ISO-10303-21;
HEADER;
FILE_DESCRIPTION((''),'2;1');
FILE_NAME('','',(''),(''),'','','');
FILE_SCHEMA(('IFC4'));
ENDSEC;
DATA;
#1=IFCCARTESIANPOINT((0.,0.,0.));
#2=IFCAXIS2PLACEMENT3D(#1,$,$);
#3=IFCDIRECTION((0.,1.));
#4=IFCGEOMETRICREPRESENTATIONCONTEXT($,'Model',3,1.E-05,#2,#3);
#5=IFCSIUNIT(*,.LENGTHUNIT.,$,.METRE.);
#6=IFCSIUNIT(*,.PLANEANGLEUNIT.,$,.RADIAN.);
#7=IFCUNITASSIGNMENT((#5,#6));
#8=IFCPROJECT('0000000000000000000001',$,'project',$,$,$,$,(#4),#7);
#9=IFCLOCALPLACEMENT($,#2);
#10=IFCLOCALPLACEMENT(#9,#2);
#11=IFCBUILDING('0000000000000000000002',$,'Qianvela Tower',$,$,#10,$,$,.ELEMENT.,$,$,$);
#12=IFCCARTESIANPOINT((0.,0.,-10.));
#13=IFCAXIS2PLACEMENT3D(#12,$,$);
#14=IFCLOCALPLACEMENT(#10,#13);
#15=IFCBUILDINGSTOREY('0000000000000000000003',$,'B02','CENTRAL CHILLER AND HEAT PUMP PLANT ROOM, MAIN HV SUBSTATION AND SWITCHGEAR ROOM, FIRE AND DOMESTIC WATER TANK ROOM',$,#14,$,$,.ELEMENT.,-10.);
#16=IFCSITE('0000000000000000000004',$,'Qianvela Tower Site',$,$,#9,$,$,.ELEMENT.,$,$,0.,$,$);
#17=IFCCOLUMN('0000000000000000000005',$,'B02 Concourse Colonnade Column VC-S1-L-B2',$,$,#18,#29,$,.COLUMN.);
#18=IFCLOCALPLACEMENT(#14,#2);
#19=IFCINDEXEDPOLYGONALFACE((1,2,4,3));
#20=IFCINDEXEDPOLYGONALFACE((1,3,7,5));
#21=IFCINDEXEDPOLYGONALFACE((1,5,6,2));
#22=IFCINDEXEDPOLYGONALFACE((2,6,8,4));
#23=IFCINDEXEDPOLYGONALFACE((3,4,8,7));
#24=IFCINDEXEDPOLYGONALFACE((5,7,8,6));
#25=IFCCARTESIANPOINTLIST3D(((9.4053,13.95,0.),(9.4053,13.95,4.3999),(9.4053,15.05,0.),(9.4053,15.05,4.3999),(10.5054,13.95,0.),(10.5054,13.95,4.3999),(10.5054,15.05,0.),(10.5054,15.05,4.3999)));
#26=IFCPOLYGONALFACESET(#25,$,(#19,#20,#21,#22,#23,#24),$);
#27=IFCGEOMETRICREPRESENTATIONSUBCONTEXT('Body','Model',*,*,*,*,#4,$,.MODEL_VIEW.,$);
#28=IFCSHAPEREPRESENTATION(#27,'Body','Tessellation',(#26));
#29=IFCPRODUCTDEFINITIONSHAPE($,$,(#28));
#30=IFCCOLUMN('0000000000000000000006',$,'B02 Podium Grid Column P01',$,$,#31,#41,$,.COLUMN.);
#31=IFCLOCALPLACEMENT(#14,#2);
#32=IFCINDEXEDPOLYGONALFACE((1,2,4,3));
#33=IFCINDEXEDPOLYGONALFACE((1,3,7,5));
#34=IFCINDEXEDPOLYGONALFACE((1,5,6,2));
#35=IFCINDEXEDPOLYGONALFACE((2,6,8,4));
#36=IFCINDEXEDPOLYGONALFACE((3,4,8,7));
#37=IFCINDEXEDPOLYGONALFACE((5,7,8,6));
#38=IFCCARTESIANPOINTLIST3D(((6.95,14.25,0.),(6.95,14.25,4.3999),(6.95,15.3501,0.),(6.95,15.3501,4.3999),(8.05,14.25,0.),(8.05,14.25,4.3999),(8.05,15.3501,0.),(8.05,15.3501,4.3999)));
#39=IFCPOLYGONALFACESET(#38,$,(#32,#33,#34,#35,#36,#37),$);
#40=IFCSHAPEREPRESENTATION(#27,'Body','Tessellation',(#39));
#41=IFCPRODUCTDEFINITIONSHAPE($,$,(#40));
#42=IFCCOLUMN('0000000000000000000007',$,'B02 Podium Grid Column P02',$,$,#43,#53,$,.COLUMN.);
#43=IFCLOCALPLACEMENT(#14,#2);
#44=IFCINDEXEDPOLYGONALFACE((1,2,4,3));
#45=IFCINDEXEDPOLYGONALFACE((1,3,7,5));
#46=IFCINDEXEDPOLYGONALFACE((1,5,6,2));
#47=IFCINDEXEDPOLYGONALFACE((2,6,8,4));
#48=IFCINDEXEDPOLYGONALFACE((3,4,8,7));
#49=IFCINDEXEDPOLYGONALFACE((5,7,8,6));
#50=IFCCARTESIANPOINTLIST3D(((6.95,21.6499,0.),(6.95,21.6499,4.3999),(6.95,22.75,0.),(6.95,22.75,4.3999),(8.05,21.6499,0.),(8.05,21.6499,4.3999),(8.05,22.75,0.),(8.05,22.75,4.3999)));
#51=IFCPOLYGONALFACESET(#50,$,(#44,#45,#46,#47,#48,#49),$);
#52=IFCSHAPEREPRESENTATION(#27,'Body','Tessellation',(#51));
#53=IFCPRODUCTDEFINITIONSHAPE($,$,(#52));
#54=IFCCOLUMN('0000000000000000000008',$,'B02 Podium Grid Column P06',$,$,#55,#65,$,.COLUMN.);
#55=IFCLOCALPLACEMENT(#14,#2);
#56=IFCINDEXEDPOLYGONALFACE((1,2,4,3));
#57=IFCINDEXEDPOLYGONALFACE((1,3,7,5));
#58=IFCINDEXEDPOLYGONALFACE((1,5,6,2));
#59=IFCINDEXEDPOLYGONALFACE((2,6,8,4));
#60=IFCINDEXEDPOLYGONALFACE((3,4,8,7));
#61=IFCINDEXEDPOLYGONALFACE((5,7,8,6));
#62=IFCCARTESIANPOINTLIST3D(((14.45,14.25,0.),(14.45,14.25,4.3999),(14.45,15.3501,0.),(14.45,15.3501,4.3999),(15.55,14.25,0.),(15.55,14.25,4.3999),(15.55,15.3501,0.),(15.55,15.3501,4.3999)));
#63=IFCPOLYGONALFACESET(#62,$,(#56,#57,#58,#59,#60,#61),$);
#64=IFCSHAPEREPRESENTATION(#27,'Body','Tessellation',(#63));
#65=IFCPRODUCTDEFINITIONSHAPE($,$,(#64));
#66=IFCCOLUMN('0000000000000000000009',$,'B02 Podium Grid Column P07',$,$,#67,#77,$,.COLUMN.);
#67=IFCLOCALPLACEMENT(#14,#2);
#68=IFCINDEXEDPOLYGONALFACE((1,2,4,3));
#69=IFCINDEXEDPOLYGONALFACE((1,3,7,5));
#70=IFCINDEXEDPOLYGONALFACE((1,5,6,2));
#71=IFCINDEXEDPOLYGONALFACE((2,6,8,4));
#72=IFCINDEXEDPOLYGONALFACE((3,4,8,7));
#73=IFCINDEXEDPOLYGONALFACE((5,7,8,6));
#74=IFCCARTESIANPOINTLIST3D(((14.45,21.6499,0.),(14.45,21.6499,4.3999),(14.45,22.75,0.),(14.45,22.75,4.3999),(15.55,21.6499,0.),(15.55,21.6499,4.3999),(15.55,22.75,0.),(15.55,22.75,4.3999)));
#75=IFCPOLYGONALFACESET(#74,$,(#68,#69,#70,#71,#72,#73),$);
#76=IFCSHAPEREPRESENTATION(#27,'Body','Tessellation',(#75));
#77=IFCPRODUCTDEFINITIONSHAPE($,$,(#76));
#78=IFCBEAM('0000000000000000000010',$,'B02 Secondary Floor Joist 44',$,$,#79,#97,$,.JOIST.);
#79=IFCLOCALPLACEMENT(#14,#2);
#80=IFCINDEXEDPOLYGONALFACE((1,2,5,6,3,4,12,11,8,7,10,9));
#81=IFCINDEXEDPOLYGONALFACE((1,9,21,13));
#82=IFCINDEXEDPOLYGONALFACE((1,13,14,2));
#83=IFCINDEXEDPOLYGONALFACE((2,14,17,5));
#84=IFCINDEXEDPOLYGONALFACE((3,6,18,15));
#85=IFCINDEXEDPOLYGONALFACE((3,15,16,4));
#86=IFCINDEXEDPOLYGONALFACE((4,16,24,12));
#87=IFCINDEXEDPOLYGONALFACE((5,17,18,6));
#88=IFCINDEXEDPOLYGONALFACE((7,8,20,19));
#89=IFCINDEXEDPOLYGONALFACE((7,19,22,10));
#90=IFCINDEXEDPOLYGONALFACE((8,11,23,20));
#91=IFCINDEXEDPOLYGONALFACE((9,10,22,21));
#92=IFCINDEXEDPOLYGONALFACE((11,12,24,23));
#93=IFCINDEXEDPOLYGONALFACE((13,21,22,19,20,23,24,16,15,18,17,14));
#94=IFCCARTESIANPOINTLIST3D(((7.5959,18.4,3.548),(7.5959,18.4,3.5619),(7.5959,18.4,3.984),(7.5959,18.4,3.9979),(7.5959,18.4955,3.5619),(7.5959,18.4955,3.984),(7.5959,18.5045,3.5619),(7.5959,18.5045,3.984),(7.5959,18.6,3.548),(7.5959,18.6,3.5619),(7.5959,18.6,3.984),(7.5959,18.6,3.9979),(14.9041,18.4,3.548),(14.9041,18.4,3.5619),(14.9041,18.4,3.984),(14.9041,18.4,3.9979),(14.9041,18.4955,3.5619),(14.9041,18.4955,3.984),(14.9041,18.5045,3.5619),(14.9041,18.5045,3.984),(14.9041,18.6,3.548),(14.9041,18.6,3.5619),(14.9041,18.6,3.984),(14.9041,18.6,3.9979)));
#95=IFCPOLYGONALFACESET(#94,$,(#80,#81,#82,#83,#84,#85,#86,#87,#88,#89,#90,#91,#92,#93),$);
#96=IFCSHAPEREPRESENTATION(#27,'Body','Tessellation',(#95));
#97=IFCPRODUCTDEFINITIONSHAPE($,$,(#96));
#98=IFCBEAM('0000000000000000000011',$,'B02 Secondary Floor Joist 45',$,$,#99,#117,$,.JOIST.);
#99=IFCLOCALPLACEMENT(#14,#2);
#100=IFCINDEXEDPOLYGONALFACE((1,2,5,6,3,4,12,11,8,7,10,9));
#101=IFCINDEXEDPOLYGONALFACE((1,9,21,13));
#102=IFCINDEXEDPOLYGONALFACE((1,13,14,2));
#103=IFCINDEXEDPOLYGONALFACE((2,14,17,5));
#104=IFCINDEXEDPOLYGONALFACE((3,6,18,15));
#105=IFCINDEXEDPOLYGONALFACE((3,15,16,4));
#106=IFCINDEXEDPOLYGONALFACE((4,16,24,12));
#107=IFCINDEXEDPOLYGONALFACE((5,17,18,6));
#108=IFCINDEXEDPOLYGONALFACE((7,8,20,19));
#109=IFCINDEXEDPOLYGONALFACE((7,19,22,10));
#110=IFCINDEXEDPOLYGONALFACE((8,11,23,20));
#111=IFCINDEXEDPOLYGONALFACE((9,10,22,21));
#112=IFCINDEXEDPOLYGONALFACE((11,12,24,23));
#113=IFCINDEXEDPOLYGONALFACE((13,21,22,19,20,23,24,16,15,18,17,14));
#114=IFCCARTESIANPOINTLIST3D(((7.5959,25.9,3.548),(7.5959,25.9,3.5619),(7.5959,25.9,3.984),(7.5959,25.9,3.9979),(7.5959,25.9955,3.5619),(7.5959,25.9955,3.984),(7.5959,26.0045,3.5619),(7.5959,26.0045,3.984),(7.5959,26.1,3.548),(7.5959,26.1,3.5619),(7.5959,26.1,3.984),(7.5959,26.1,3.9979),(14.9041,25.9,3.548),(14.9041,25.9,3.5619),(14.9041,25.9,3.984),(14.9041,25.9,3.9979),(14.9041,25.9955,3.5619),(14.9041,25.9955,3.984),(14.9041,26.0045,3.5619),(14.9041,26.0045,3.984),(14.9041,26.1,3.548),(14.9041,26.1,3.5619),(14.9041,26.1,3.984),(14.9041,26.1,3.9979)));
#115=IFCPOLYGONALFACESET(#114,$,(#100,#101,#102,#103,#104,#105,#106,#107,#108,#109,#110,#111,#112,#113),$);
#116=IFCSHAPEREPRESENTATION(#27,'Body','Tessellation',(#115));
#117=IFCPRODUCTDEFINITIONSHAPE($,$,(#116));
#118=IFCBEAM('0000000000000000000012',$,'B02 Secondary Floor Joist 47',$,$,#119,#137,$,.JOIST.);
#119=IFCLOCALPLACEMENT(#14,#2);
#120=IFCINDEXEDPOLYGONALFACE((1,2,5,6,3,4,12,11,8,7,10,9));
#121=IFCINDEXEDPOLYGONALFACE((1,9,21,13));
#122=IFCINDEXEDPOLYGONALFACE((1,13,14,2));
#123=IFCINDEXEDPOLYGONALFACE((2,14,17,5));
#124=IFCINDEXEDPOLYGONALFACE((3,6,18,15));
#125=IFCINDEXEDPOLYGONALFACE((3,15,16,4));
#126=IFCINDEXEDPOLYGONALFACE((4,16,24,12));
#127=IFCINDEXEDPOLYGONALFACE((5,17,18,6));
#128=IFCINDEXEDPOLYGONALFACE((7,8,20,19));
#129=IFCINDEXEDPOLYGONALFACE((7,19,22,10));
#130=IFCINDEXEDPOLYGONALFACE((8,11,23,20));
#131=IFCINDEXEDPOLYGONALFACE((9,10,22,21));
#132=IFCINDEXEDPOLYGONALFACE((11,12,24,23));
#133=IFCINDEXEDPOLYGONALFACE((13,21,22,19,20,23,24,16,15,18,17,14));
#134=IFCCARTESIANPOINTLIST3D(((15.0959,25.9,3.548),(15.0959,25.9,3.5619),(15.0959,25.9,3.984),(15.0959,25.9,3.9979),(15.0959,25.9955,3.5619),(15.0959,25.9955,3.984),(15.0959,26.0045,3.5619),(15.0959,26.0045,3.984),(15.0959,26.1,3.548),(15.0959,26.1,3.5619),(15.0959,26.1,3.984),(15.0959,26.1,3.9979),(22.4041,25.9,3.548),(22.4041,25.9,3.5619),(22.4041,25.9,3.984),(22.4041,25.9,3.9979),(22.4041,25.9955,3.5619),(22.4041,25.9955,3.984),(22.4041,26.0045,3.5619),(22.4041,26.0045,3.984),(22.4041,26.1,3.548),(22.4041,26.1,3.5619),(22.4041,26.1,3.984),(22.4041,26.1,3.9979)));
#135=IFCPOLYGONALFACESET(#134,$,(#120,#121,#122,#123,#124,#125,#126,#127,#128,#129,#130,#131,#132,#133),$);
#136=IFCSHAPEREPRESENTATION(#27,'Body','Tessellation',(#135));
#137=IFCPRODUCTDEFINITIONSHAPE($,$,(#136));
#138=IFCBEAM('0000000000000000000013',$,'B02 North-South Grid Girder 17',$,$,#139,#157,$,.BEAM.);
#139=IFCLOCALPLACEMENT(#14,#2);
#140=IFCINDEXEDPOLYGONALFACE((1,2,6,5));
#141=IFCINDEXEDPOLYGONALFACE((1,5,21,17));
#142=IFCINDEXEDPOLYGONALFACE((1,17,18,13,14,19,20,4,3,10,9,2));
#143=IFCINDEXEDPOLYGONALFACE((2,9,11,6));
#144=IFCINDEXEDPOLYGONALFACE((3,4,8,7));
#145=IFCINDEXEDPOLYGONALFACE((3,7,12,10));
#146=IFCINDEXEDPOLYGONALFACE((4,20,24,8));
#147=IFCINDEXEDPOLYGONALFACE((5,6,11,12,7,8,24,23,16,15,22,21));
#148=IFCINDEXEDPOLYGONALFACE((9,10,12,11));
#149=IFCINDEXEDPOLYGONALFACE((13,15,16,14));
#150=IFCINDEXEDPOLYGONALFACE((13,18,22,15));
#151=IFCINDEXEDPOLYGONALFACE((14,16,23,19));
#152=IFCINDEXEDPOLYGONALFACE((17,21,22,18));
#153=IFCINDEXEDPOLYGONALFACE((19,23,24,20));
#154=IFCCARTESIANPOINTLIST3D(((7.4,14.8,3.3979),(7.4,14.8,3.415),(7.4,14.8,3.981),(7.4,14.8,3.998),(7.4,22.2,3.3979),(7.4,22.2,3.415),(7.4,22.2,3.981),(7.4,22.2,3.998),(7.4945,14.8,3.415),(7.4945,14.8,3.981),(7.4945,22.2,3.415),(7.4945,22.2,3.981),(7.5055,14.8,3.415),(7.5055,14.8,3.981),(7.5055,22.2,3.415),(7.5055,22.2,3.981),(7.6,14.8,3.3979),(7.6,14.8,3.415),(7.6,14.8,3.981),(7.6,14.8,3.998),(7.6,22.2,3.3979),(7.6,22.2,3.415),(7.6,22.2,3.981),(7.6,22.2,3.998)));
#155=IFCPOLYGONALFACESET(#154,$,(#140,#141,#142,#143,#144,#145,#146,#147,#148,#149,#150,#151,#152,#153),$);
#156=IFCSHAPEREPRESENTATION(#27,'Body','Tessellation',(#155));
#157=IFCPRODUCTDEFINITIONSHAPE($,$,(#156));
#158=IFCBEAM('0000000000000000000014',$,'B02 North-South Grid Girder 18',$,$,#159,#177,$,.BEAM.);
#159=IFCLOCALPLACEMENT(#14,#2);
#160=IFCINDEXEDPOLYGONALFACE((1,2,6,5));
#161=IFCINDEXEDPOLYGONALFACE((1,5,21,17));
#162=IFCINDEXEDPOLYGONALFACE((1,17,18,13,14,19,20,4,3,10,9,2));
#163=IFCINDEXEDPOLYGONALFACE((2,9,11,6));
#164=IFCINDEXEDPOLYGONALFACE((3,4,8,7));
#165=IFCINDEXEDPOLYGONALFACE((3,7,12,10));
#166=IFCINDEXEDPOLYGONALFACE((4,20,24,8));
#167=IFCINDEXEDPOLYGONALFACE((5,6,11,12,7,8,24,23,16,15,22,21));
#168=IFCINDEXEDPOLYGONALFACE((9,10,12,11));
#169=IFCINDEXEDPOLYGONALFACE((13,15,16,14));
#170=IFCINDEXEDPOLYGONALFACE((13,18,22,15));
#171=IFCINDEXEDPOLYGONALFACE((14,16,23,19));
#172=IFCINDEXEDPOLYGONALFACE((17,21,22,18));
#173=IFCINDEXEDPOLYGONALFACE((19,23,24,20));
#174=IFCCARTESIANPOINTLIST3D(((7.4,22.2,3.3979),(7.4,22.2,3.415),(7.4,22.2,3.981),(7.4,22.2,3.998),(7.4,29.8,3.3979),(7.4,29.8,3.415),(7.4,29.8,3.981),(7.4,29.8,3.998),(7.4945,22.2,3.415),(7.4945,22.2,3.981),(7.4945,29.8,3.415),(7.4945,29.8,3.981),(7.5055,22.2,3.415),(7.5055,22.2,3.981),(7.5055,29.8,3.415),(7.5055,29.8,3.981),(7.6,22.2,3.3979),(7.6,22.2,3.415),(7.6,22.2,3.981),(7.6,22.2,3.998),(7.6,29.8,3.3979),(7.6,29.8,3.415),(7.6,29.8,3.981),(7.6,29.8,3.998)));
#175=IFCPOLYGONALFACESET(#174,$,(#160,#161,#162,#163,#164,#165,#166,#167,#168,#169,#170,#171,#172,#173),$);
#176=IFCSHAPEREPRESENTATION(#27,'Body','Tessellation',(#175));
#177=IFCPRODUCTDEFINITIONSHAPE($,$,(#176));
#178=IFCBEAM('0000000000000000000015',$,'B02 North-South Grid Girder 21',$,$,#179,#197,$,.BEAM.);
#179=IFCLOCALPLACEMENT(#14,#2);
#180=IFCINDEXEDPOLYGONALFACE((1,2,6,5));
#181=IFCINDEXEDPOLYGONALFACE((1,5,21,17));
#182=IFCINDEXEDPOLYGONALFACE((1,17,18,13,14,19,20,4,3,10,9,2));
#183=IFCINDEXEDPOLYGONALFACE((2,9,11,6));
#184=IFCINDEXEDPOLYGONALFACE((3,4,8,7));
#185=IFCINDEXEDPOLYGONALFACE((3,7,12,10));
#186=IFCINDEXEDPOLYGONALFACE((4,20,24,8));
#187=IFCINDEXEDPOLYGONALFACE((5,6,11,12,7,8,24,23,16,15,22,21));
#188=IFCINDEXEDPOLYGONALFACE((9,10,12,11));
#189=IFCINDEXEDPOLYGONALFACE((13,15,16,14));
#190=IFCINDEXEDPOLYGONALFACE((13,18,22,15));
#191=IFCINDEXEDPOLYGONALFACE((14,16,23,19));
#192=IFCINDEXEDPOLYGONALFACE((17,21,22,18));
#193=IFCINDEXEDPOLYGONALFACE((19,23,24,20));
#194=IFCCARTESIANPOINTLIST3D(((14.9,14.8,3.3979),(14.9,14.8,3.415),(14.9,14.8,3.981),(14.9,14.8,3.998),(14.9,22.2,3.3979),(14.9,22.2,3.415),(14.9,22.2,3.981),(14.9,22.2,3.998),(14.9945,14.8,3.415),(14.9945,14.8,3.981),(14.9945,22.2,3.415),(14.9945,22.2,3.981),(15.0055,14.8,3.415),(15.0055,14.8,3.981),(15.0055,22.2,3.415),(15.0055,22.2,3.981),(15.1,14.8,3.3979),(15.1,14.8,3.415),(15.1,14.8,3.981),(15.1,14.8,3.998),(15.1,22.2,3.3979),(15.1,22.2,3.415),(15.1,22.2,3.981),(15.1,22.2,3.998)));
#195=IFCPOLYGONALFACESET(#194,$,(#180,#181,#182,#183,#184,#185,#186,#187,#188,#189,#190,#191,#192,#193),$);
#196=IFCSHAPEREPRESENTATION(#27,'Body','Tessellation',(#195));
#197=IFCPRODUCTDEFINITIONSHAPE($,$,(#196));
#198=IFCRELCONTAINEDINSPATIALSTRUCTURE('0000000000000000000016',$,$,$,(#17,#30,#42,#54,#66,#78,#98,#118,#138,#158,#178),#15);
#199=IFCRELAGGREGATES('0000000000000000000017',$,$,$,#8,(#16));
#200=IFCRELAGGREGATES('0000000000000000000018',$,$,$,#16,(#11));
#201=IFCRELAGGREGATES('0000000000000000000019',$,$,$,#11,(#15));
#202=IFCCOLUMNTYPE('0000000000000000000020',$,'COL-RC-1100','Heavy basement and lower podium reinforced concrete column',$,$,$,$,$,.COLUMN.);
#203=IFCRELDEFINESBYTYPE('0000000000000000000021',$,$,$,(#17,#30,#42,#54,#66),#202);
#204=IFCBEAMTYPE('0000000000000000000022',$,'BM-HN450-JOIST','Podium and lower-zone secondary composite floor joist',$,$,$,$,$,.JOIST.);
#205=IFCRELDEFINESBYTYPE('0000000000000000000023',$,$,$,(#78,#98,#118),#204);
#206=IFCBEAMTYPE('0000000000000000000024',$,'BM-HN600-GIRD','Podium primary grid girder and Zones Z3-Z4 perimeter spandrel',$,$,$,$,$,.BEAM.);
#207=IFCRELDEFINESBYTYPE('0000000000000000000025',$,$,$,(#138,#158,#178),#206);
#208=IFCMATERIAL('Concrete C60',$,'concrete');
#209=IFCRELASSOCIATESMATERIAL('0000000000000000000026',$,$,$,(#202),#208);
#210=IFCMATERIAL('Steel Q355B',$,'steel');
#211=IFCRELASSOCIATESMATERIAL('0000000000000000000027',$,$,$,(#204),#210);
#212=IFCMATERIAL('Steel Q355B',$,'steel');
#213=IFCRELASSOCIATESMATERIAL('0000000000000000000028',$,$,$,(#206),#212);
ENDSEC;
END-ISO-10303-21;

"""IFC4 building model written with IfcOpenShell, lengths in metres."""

from ifc_helpers import new_model, si_unit, direction, frame, origin, origin_2d, place, context, subcontext, project, spatial, rectangle, i_section, extrude, material, material_profile, profile_set, type_object, element, save


model = new_model("IFC4")

# Units and contexts
model_context = context("Model", 3, precision=1e-05, world=origin(), true_north=direction((0.0, 1.0)))
body_context = subcontext(model_context, "Body", "Model", "MODEL_VIEW")
ifc_project = project(units=[si_unit("LENGTHUNIT", "METRE"), si_unit("PLANEANGLEUNIT", "RADIAN")], contexts=[model_context])

# Site, building, storey
site_placement = place(None, origin())
site = spatial("IfcSite", under=ifc_project, at=site_placement, Name="Qianvela Tower Site", CompositionType="ELEMENT", RefElevation=0.0)
building_placement = place(site_placement, origin())
building = spatial("IfcBuilding", under=site, at=building_placement, Name="Qianvela Tower", CompositionType="ELEMENT")
storey_placement = place(building_placement, frame((0.0, 0.0, -10.0)))
storey = spatial("IfcBuildingStorey", under=building, at=storey_placement, Name="B02", Description="CENTRAL CHILLER AND HEAT PUMP PLANT ROOM, MAIN HV SUBSTATION AND SWITCHGEAR ROOM, FIRE AND DOMESTIC WATER TANK ROOM", CompositionType="ELEMENT", Elevation=-10.0)

# Columns
ifc_material_1 = material(Name="Concrete C60", Category="concrete")
ifc_material_profile_1 = material_profile(ifc_material_1, rectangle(XDim=1.1001, YDim=1.1001, at=origin_2d()), Name="RC-COL-1100x1100")
ifc_profile_set_1 = profile_set([ifc_material_profile_1], Name="Concrete C60")
column_type = type_object("IfcColumnType", Name="COL-RC-1100", Description="Heavy basement and lower podium reinforced concrete column", PredefinedType="COLUMN", material=ifc_profile_set_1)
for number, where, z_axis, x_axis, name in (
    (1, (9.9553, 14.5, 0.0), (0.0, 0.0, 1.0), (1.0, 0.0, 0.0), "B02 Concourse Colonnade Column VC-S1-L-B2"),
    (2, (7.5, 14.8, 0.0), (0.0, 0.0, 1.0), (1.0, 0.0, 0.0), "B02 Podium Grid Column P01"),
    (3, (7.5, 22.2, 0.0), (0.0, 0.0, 1.0), (1.0, 0.0, 0.0), "B02 Podium Grid Column P02"),
    (4, (15.0, 14.8, 0.0), (0.0, 0.0, 1.0), (1.0, 0.0, 0.0), "B02 Podium Grid Column P06"),
    (5, (15.0, 22.2, 0.0), (0.0, 0.0, 1.0), (1.0, 0.0, 0.0), "B02 Podium Grid Column P07"),
):
    element("IfcColumn", number, at=place(storey_placement, frame(where, z_axis=z_axis, x_axis=x_axis)), inside=storey, type_object=column_type, Name=name, PredefinedType="COLUMN", context=body_context, shape_type="SweptSolid", body=[
        extrude(rectangle(XDim=1.1001, YDim=1.1001, at=origin_2d()), origin(), (0.0, 0.0, 1.0), 4.3999),
    ])

# Beams
ifc_material_2 = material(Name="Steel Q355B", Category="steel")
ifc_material_profile_2 = material_profile(ifc_material_2, i_section(OverallWidth=0.2, OverallDepth=0.45, WebThickness=0.009, FlangeThickness=0.0139, at=origin_2d()), Name="HN450x200x9x14")
ifc_profile_set_2 = profile_set([ifc_material_profile_2], Name="Steel Q355B")
beam_type_1 = type_object("IfcBeamType", Name="BM-HN450-JOIST", Description="Podium and lower-zone secondary composite floor joist", PredefinedType="JOIST", material=ifc_profile_set_2)
for number, where, z_axis, x_axis, name in (
    (6, (7.5959, 18.5, 3.7729), (1.0, 0.0, 0.0), (0.0, 1.0, 0.0), "B02 Secondary Floor Joist 44"),
    (7, (7.5959, 26.0, 3.7729), (1.0, 0.0, 0.0), (0.0, 1.0, 0.0), "B02 Secondary Floor Joist 45"),
    (8, (15.0959, 26.0, 3.7729), (1.0, 0.0, 0.0), (0.0, 1.0, 0.0), "B02 Secondary Floor Joist 47"),
):
    element("IfcBeam", number, at=place(storey_placement, frame(where, z_axis=z_axis, x_axis=x_axis)), inside=storey, type_object=beam_type_1, Name=name, PredefinedType="JOIST", context=body_context, shape_type="SweptSolid", body=[
        extrude(i_section(OverallWidth=0.2, OverallDepth=0.45, WebThickness=0.009, FlangeThickness=0.0139, at=origin_2d()), origin(), (0.0, 0.0, 1.0), 7.3081),
    ])
ifc_material_3 = material(Name="Steel Q355B", Category="steel")
ifc_material_profile_3 = material_profile(ifc_material_3, i_section(OverallWidth=0.2, OverallDepth=0.6001, WebThickness=0.011, FlangeThickness=0.0171, at=origin_2d()), Name="HN600x200x11x17")
ifc_profile_set_3 = profile_set([ifc_material_profile_3], Name="Steel Q355B")
beam_type_2 = type_object("IfcBeamType", Name="BM-HN600-GIRD", Description="Podium primary grid girder and Zones Z3-Z4 perimeter spandrel", PredefinedType="BEAM", material=ifc_profile_set_3)
beam_1_placement = place(storey_placement, frame((7.5, 14.8, 3.698), z_axis=(0.0, 1.0, 0.0), x_axis=(-1.0, 0.0, 0.0)))
element("IfcBeam", 9, at=beam_1_placement, inside=storey, type_object=beam_type_2, Name="B02 North-South Grid Girder 17", PredefinedType="BEAM", context=body_context, shape_type="SweptSolid", body=[
    extrude(i_section(OverallWidth=0.2, OverallDepth=0.6001, WebThickness=0.011, FlangeThickness=0.0171, at=origin_2d()), origin(), (0.0, 0.0, 1.0), 7.3999),
])
beam_2_placement = place(storey_placement, frame((7.5, 22.2, 3.698), z_axis=(0.0, 1.0, 0.0), x_axis=(-1.0, 0.0, 0.0)))
element("IfcBeam", 10, at=beam_2_placement, inside=storey, type_object=beam_type_2, Name="B02 North-South Grid Girder 18", PredefinedType="BEAM", context=body_context, shape_type="SweptSolid", body=[
    extrude(i_section(OverallWidth=0.2, OverallDepth=0.6001, WebThickness=0.011, FlangeThickness=0.0171, at=origin_2d()), origin(), (0.0, 0.0, 1.0), 7.6001),
])
beam_3_placement = place(storey_placement, frame((15.0, 14.8, 3.698), z_axis=(0.0, 1.0, 0.0), x_axis=(-1.0, 0.0, 0.0)))
element("IfcBeam", 11, at=beam_3_placement, inside=storey, type_object=beam_type_2, Name="B02 North-South Grid Girder 21", PredefinedType="BEAM", context=body_context, shape_type="SweptSolid", body=[
    extrude(i_section(OverallWidth=0.2, OverallDepth=0.6001, WebThickness=0.011, FlangeThickness=0.0171, at=origin_2d()), origin(), (0.0, 0.0, 1.0), 7.3999),
])

save(model, "model.ifc")
